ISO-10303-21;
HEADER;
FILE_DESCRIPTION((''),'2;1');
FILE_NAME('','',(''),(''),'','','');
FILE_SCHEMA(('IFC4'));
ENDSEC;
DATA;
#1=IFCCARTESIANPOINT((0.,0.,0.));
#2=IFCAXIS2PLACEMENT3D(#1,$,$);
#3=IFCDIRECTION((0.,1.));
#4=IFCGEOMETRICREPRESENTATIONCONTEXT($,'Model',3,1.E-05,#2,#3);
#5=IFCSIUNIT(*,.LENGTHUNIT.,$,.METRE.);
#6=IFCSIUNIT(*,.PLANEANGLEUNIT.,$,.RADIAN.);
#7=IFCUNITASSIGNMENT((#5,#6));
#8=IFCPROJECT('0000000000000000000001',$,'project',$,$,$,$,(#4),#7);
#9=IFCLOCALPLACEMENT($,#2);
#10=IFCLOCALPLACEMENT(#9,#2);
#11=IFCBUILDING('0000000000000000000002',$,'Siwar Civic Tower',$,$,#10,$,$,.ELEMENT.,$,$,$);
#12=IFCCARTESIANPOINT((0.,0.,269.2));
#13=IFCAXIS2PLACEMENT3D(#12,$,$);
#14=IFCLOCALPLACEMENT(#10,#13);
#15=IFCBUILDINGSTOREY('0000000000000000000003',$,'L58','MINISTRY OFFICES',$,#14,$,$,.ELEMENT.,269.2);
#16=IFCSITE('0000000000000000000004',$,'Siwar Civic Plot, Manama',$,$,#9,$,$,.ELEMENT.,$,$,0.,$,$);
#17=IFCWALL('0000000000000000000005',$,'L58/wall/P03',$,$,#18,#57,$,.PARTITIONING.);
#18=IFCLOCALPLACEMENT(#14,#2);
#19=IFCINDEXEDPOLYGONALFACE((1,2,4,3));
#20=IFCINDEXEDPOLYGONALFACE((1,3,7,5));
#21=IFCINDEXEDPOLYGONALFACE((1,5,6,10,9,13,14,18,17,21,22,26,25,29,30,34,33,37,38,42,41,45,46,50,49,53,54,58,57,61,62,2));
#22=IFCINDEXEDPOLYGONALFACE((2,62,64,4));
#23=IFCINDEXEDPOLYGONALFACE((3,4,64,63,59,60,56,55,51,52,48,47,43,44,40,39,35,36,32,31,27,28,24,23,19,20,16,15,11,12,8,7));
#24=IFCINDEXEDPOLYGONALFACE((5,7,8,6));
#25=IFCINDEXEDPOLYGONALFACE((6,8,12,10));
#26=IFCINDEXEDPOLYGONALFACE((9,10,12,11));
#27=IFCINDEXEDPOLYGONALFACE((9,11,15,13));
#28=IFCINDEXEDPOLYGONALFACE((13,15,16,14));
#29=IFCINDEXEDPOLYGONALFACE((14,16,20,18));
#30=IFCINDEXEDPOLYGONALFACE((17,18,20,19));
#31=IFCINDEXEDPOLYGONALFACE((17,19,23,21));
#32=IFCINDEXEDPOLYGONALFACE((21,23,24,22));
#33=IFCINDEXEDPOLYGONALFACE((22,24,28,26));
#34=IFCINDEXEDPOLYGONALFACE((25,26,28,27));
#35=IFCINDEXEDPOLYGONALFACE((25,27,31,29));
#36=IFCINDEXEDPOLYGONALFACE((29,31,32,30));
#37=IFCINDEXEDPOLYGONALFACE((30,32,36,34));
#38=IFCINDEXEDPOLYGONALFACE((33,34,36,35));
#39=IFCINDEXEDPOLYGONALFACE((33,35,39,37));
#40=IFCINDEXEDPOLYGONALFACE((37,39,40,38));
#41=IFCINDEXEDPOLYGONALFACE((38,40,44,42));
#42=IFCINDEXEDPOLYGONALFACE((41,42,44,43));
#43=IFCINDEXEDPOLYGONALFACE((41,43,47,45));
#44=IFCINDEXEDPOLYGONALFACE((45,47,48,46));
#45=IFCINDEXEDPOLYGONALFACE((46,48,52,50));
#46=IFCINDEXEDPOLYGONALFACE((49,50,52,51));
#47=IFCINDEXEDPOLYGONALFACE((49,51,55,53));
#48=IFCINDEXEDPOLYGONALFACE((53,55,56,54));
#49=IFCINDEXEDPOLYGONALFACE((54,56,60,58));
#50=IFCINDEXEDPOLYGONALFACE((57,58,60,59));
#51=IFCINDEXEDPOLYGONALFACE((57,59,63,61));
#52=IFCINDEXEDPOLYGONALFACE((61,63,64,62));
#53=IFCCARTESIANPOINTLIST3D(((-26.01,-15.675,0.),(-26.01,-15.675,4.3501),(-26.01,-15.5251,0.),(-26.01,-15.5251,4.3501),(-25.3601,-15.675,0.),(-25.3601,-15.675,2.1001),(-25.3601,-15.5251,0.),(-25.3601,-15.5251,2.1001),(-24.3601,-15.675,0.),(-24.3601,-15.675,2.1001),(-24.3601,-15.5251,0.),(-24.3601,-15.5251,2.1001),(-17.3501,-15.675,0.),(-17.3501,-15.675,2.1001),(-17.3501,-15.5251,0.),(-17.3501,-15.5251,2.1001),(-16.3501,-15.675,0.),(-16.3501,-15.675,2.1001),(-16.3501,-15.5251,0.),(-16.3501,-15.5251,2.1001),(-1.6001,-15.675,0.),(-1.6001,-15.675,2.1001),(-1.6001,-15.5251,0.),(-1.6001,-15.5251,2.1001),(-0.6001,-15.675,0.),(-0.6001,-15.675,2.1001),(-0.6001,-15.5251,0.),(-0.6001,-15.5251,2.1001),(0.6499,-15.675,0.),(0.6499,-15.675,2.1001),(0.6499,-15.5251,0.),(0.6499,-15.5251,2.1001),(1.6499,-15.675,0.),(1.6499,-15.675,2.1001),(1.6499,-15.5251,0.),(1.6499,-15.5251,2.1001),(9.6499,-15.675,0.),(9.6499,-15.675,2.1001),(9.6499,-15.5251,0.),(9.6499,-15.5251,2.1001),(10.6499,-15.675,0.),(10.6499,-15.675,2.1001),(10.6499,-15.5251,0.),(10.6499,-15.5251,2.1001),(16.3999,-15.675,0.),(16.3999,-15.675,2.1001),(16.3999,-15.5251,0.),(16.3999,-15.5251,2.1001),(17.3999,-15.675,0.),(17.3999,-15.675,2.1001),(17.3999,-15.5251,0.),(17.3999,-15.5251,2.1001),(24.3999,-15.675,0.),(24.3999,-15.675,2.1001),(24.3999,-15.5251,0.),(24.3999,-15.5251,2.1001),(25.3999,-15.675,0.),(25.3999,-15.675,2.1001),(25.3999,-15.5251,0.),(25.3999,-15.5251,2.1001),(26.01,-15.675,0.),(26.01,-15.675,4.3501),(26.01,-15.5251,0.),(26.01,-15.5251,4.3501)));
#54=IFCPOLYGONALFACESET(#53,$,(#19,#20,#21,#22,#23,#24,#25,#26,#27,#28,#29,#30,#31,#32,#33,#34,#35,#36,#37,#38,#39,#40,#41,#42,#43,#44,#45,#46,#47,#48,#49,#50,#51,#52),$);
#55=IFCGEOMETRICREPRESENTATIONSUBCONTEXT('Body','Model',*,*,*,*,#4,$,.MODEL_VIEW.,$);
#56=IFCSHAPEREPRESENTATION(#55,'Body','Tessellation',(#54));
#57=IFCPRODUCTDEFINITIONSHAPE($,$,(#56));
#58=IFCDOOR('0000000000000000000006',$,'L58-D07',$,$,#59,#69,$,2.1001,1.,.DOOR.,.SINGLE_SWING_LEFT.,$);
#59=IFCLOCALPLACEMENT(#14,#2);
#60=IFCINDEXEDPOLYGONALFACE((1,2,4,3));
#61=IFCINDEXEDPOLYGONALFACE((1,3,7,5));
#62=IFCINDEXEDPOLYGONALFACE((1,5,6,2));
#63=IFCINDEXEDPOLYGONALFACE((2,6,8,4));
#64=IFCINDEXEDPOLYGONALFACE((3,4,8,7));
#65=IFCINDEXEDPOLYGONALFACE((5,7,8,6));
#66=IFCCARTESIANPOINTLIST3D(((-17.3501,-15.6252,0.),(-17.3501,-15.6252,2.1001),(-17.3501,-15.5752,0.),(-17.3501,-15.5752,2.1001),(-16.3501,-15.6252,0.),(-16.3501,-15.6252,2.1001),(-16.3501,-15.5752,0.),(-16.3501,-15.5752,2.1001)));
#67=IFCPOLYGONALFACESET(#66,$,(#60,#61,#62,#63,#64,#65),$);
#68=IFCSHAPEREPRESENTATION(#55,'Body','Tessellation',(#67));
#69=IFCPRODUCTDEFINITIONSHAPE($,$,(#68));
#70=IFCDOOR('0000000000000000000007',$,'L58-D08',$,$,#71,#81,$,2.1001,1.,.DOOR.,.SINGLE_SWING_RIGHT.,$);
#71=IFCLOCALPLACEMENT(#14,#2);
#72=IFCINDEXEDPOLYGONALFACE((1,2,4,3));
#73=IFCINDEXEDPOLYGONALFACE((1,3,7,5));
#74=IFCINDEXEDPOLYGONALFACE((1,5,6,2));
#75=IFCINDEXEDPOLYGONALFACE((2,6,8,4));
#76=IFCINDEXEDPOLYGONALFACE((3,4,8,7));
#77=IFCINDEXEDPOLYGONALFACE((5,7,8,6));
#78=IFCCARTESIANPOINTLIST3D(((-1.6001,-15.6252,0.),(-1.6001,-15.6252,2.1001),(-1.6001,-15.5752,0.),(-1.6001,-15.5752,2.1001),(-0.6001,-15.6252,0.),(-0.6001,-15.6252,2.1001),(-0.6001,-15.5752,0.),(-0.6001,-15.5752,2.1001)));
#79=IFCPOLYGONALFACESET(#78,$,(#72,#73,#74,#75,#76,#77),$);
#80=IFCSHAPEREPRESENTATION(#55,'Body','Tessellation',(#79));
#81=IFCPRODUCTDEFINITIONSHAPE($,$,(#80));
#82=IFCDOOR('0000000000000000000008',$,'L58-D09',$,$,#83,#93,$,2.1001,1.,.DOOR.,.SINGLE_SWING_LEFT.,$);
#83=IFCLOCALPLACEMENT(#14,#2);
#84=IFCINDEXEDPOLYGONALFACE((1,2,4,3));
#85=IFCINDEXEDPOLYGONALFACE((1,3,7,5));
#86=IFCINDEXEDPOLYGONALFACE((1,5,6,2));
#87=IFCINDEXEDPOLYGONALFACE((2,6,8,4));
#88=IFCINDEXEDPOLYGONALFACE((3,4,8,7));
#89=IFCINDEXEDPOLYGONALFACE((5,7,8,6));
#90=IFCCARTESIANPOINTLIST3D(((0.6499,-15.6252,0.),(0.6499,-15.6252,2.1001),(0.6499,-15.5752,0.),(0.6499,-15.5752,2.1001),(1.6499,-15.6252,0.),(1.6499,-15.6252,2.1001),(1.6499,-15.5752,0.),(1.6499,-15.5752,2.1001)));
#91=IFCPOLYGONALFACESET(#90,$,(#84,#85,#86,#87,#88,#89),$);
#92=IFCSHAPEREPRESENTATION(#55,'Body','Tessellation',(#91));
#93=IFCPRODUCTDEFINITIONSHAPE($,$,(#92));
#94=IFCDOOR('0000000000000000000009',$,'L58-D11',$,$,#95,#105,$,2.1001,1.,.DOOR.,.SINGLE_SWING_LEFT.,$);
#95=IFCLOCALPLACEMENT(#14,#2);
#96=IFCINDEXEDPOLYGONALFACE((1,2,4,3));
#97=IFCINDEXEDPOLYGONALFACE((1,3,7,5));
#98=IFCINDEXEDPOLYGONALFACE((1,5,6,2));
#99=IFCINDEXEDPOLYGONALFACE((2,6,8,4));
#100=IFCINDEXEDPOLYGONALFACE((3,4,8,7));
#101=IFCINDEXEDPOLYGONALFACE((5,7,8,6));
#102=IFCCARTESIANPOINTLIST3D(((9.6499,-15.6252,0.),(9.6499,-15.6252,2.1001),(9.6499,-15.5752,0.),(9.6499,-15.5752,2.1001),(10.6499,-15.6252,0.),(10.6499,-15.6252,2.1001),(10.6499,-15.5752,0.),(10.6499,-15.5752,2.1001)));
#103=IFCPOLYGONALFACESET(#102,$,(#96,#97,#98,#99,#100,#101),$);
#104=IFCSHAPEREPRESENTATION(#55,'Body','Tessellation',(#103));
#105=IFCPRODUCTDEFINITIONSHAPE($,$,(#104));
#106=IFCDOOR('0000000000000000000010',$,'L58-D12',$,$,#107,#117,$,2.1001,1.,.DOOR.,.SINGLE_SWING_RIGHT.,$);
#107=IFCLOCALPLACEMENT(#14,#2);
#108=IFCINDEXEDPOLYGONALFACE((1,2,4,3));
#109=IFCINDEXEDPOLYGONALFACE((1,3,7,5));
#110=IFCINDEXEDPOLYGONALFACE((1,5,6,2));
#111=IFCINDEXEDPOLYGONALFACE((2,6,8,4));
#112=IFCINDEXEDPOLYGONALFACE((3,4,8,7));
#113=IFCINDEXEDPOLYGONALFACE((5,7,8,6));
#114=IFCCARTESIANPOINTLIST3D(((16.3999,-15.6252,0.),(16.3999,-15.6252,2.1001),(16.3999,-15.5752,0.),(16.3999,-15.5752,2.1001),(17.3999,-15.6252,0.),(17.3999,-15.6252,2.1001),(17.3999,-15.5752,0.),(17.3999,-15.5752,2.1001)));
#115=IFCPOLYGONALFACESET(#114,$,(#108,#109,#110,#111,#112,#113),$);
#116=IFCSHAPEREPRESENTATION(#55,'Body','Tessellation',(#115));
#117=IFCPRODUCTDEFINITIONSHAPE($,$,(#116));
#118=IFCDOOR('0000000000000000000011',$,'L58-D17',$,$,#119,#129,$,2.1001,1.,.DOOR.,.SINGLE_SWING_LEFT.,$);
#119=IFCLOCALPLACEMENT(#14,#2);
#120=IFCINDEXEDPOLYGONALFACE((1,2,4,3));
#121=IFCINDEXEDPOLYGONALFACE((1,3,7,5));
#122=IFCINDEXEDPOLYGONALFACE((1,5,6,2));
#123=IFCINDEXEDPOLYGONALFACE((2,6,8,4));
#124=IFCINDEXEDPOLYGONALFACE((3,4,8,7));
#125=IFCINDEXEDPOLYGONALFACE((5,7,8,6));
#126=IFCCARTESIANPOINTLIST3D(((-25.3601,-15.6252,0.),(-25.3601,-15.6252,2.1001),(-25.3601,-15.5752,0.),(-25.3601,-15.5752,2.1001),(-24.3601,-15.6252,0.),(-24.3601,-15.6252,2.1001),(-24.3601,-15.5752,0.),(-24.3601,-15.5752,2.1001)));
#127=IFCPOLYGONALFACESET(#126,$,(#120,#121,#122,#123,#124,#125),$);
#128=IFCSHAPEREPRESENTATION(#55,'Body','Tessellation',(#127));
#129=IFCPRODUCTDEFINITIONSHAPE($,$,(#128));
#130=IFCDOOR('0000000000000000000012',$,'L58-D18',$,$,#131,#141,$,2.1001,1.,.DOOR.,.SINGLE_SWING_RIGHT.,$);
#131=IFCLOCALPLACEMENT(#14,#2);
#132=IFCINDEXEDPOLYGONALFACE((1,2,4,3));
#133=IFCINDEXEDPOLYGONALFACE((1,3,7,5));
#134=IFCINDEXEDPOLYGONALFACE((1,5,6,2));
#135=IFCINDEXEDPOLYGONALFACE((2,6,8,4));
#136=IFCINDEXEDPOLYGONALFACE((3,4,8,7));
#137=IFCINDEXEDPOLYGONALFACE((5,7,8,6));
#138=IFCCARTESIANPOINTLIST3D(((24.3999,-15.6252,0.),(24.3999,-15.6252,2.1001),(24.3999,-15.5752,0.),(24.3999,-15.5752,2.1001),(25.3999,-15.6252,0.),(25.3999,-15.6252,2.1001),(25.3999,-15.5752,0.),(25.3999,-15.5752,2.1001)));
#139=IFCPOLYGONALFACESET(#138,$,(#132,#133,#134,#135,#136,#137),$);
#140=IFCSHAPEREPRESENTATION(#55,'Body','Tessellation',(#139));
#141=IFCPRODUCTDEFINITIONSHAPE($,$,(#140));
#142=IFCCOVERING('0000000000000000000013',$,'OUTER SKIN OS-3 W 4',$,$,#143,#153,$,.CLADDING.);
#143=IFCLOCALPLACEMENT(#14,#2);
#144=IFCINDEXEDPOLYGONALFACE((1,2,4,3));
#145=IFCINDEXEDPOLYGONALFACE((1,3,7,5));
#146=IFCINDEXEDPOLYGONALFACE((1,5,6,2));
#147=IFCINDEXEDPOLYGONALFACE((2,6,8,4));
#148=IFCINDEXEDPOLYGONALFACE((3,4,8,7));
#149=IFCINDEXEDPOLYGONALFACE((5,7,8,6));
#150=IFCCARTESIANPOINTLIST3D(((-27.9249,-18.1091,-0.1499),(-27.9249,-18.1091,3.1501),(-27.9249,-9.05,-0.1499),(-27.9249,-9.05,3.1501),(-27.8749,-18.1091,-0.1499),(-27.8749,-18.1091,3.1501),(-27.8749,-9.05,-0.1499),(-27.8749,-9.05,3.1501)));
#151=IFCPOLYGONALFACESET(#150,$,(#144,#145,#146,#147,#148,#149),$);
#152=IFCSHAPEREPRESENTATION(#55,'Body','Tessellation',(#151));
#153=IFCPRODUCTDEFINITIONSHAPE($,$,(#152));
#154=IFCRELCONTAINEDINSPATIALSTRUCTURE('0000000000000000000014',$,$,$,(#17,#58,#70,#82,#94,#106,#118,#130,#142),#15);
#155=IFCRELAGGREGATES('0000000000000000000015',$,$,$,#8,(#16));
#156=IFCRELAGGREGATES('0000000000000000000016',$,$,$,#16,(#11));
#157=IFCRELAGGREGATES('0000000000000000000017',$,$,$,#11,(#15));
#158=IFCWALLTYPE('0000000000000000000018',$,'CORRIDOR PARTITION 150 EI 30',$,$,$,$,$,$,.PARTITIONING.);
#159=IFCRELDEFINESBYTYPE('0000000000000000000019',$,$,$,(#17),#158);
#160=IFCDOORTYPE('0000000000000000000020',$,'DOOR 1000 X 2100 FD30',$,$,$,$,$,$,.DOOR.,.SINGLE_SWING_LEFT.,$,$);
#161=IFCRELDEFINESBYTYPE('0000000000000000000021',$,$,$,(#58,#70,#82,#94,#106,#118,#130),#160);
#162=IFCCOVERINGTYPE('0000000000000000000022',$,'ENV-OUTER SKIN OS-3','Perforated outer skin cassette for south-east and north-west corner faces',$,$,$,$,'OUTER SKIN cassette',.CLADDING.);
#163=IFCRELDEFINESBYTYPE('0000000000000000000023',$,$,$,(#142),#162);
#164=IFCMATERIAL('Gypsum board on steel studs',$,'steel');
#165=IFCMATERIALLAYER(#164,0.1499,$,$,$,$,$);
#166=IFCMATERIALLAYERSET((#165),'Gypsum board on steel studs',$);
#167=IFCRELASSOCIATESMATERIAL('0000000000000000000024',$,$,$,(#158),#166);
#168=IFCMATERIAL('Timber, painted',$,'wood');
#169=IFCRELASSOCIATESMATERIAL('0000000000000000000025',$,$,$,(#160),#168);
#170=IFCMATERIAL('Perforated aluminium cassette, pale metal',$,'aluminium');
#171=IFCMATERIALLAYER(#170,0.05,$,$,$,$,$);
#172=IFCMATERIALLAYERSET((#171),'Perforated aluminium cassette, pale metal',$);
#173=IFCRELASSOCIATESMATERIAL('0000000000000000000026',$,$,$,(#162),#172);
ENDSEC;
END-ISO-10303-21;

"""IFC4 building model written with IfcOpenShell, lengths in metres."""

from ifc_helpers import new_model, si_unit, direction, frame, frame_2d, origin, origin_2d, place, context, subcontext, project, spatial, rectangle, extrude, material, layer, layer_set, type_object, element, fill, save


model = new_model("IFC4")

# Units and contexts
model_context = context("Model", 3, precision=1e-05, world=origin(), true_north=direction((0.0, 1.0)))
body_context = subcontext(model_context, "Body", "Model", "MODEL_VIEW")
ifc_project = project(units=[si_unit("LENGTHUNIT", "METRE"), si_unit("PLANEANGLEUNIT", "RADIAN")], contexts=[model_context])

# Site, building, storey
site_placement = place(None, origin())
site = spatial("IfcSite", under=ifc_project, at=site_placement, Name="Siwar Civic Plot, Manama", CompositionType="ELEMENT", RefElevation=0.0)
building_placement = place(site_placement, origin())
building = spatial("IfcBuilding", under=site, at=building_placement, Name="Siwar Civic Tower", CompositionType="ELEMENT")
storey_placement = place(building_placement, frame((0.0, 0.0, 269.2)))
storey = spatial("IfcBuildingStorey", under=building, at=storey_placement, Name="L58", Description="MINISTRY OFFICES", CompositionType="ELEMENT", Elevation=269.2)

# Wall, openings, doors
ifc_material_1 = material(Name="Gypsum board on steel studs", Category="steel")
ifc_layer_1 = layer(ifc_material_1, 0.1499)
ifc_layer_set_1 = layer_set([ifc_layer_1], Name="Gypsum board on steel studs")
wall_type = type_object("IfcWallType", Name="CORRIDOR PARTITION 150 EI 30", PredefinedType="PARTITIONING", material=ifc_layer_set_1)
wall_placement = place(storey_placement, frame((-26.01, -15.6001, 0.0), z_axis=(0.0, 0.0, 1.0), x_axis=(1.0, 0.0, 0.0)))
wall = element("IfcWall", 1, at=wall_placement, inside=storey, type_object=wall_type, Name="L58/wall/P03", PredefinedType="PARTITIONING", context=body_context, shape_type="SweptSolid", body=[
    extrude(rectangle(XDim=52.02, YDim=0.1499, at=frame_2d((26.01, 0.0))), origin(), (0.0, 0.0, 1.0), 4.3501),
])
opening_1_placement = place(wall_placement, frame((8.6599, 0.0, 0.0)))
opening_1 = element("IfcOpeningElement", 2, at=opening_1_placement, cuts=wall, PredefinedType="OPENING", context=body_context, shape_type="SweptSolid", body=[
    extrude(rectangle(XDim=1.0, YDim=2.1001, at=frame_2d((0.5, 1.05))), frame((0.0, 0.085, 0.0), z_axis=(0.0, -1.0, 0.0), x_axis=(1.0, 0.0, 0.0)), (0.0, 0.0, 1.0), 0.1699),
])
opening_2_placement = place(wall_placement, frame((24.4099, 0.0, 0.0)))
opening_2 = element("IfcOpeningElement", 3, at=opening_2_placement, cuts=wall, PredefinedType="OPENING", context=body_context, shape_type="SweptSolid", body=[
    extrude(rectangle(XDim=1.0, YDim=2.1001, at=frame_2d((0.5, 1.05))), frame((0.0, 0.085, 0.0), z_axis=(0.0, -1.0, 0.0), x_axis=(1.0, 0.0, 0.0)), (0.0, 0.0, 1.0), 0.1699),
])
opening_3_placement = place(wall_placement, frame((26.6599, 0.0, 0.0)))
opening_3 = element("IfcOpeningElement", 4, at=opening_3_placement, cuts=wall, PredefinedType="OPENING", context=body_context, shape_type="SweptSolid", body=[
    extrude(rectangle(XDim=1.0, YDim=2.1001, at=frame_2d((0.5, 1.05))), frame((0.0, 0.085, 0.0), z_axis=(0.0, -1.0, 0.0), x_axis=(1.0, 0.0, 0.0)), (0.0, 0.0, 1.0), 0.1699),
])
opening_4_placement = place(wall_placement, frame((35.6599, 0.0, 0.0)))
opening_4 = element("IfcOpeningElement", 5, at=opening_4_placement, cuts=wall, PredefinedType="OPENING", context=body_context, shape_type="SweptSolid", body=[
    extrude(rectangle(XDim=1.0, YDim=2.1001, at=frame_2d((0.5, 1.05))), frame((0.0, 0.085, 0.0), z_axis=(0.0, -1.0, 0.0), x_axis=(1.0, 0.0, 0.0)), (0.0, 0.0, 1.0), 0.1699),
])
opening_5_placement = place(wall_placement, frame((42.4099, 0.0, 0.0)))
opening_5 = element("IfcOpeningElement", 6, at=opening_5_placement, cuts=wall, PredefinedType="OPENING", context=body_context, shape_type="SweptSolid", body=[
    extrude(rectangle(XDim=1.0, YDim=2.1001, at=frame_2d((0.5, 1.05))), frame((0.0, 0.085, 0.0), z_axis=(0.0, -1.0, 0.0), x_axis=(1.0, 0.0, 0.0)), (0.0, 0.0, 1.0), 0.1699),
])
opening_6_placement = place(wall_placement, frame((0.6499, 0.0, 0.0)))
opening_6 = element("IfcOpeningElement", 7, at=opening_6_placement, cuts=wall, PredefinedType="OPENING", context=body_context, shape_type="SweptSolid", body=[
    extrude(rectangle(XDim=1.0, YDim=2.1001, at=frame_2d((0.5, 1.05))), frame((0.0, 0.085, 0.0), z_axis=(0.0, -1.0, 0.0), x_axis=(1.0, 0.0, 0.0)), (0.0, 0.0, 1.0), 0.1699),
])
opening_7_placement = place(wall_placement, frame((50.4099, 0.0, 0.0)))
opening_7 = element("IfcOpeningElement", 8, at=opening_7_placement, cuts=wall, PredefinedType="OPENING", context=body_context, shape_type="SweptSolid", body=[
    extrude(rectangle(XDim=1.0, YDim=2.1001, at=frame_2d((0.5, 1.05))), frame((0.0, 0.085, 0.0), z_axis=(0.0, -1.0, 0.0), x_axis=(1.0, 0.0, 0.0)), (0.0, 0.0, 1.0), 0.1699),
])
ifc_material_2 = material(Name="Timber, painted", Category="wood")
door_type = type_object("IfcDoorType", Name="DOOR 1000 X 2100 FD30", OperationType="SINGLE_SWING_LEFT", PredefinedType="DOOR", material=ifc_material_2)
door_1_placement = place(opening_1_placement, origin())
door_1 = element("IfcDoor", 9, at=door_1_placement, inside=storey, type_object=door_type, Name="L58-D07", OperationType="SINGLE_SWING_LEFT", OverallHeight=2.1001, OverallWidth=1.0, PredefinedType="DOOR", context=body_context, shape_type="SweptSolid", body=[
    extrude(rectangle(XDim=1.0, YDim=2.1001, at=frame_2d((0.5, 1.05))), frame((0.0, 0.0249, 0.0), z_axis=(0.0, -1.0, 0.0), x_axis=(1.0, 0.0, 0.0)), (0.0, 0.0, 1.0), 0.05),
])
fill(opening_1, door_1)
door_2_placement = place(opening_2_placement, origin())
door_2 = element("IfcDoor", 10, at=door_2_placement, inside=storey, type_object=door_type, Name="L58-D08", OperationType="SINGLE_SWING_RIGHT", OverallHeight=2.1001, OverallWidth=1.0, PredefinedType="DOOR", context=body_context, shape_type="SweptSolid", body=[
    extrude(rectangle(XDim=1.0, YDim=2.1001, at=frame_2d((0.5, 1.05))), frame((0.0, 0.0249, 0.0), z_axis=(0.0, -1.0, 0.0), x_axis=(1.0, 0.0, 0.0)), (0.0, 0.0, 1.0), 0.05),
])
fill(opening_2, door_2)
door_3_placement = place(opening_3_placement, origin())
door_3 = element("IfcDoor", 11, at=door_3_placement, inside=storey, type_object=door_type, Name="L58-D09", OperationType="SINGLE_SWING_LEFT", OverallHeight=2.1001, OverallWidth=1.0, PredefinedType="DOOR", context=body_context, shape_type="SweptSolid", body=[
    extrude(rectangle(XDim=1.0, YDim=2.1001, at=frame_2d((0.5, 1.05))), frame((0.0, 0.0249, 0.0), z_axis=(0.0, -1.0, 0.0), x_axis=(1.0, 0.0, 0.0)), (0.0, 0.0, 1.0), 0.05),
])
fill(opening_3, door_3)
door_4_placement = place(opening_4_placement, origin())
door_4 = element("IfcDoor", 12, at=door_4_placement, inside=storey, type_object=door_type, Name="L58-D11", OperationType="SINGLE_SWING_LEFT", OverallHeight=2.1001, OverallWidth=1.0, PredefinedType="DOOR", context=body_context, shape_type="SweptSolid", body=[
    extrude(rectangle(XDim=1.0, YDim=2.1001, at=frame_2d((0.5, 1.05))), frame((0.0, 0.0249, 0.0), z_axis=(0.0, -1.0, 0.0), x_axis=(1.0, 0.0, 0.0)), (0.0, 0.0, 1.0), 0.05),
])
fill(opening_4, door_4)
door_5_placement = place(opening_5_placement, origin())
door_5 = element("IfcDoor", 13, at=door_5_placement, inside=storey, type_object=door_type, Name="L58-D12", OperationType="SINGLE_SWING_RIGHT", OverallHeight=2.1001, OverallWidth=1.0, PredefinedType="DOOR", context=body_context, shape_type="SweptSolid", body=[
    extrude(rectangle(XDim=1.0, YDim=2.1001, at=frame_2d((0.5, 1.05))), frame((0.0, 0.0249, 0.0), z_axis=(0.0, -1.0, 0.0), x_axis=(1.0, 0.0, 0.0)), (0.0, 0.0, 1.0), 0.05),
])
fill(opening_5, door_5)
door_6_placement = place(opening_6_placement, origin())
door_6 = element("IfcDoor", 14, at=door_6_placement, inside=storey, type_object=door_type, Name="L58-D17", OperationType="SINGLE_SWING_LEFT", OverallHeight=2.1001, OverallWidth=1.0, PredefinedType="DOOR", context=body_context, shape_type="SweptSolid", body=[
    extrude(rectangle(XDim=1.0, YDim=2.1001, at=frame_2d((0.5, 1.05))), frame((0.0, 0.0249, 0.0), z_axis=(0.0, -1.0, 0.0), x_axis=(1.0, 0.0, 0.0)), (0.0, 0.0, 1.0), 0.05),
])
fill(opening_6, door_6)
door_7_placement = place(opening_7_placement, origin())
door_7 = element("IfcDoor", 15, at=door_7_placement, inside=storey, type_object=door_type, Name="L58-D18", OperationType="SINGLE_SWING_RIGHT", OverallHeight=2.1001, OverallWidth=1.0, PredefinedType="DOOR", context=body_context, shape_type="SweptSolid", body=[
    extrude(rectangle(XDim=1.0, YDim=2.1001, at=frame_2d((0.5, 1.05))), frame((0.0, 0.0249, 0.0), z_axis=(0.0, -1.0, 0.0), x_axis=(1.0, 0.0, 0.0)), (0.0, 0.0, 1.0), 0.05),
])
fill(opening_7, door_7)

# Covering
ifc_material_3 = material(Name="Perforated aluminium cassette, pale metal", Category="aluminium")
ifc_layer_2 = layer(ifc_material_3, 0.05)
ifc_layer_set_2 = layer_set([ifc_layer_2], Name="Perforated aluminium cassette, pale metal")
covering_type = type_object("IfcCoveringType", Name="ENV-OUTER SKIN OS-3", Description="Perforated outer skin cassette for south-east and north-west corner faces", ElementType="OUTER SKIN cassette", PredefinedType="CLADDING", material=ifc_layer_set_2)
covering_placement = place(storey_placement, frame((-27.8999, -13.5796, -0.1499), z_axis=(0.0, 0.0, 1.0), x_axis=(0.0, -1.0, 0.0)))
element("IfcCovering", 16, at=covering_placement, inside=storey, type_object=covering_type, Name="OUTER SKIN OS-3 W 4", PredefinedType="CLADDING", context=body_context, shape_type="SweptSolid", body=[
    extrude(rectangle(XDim=9.0591, YDim=0.05, at=origin_2d()), origin(), (0.0, 0.0, 1.0), 3.3),
])

save(model, "model.ifc")
